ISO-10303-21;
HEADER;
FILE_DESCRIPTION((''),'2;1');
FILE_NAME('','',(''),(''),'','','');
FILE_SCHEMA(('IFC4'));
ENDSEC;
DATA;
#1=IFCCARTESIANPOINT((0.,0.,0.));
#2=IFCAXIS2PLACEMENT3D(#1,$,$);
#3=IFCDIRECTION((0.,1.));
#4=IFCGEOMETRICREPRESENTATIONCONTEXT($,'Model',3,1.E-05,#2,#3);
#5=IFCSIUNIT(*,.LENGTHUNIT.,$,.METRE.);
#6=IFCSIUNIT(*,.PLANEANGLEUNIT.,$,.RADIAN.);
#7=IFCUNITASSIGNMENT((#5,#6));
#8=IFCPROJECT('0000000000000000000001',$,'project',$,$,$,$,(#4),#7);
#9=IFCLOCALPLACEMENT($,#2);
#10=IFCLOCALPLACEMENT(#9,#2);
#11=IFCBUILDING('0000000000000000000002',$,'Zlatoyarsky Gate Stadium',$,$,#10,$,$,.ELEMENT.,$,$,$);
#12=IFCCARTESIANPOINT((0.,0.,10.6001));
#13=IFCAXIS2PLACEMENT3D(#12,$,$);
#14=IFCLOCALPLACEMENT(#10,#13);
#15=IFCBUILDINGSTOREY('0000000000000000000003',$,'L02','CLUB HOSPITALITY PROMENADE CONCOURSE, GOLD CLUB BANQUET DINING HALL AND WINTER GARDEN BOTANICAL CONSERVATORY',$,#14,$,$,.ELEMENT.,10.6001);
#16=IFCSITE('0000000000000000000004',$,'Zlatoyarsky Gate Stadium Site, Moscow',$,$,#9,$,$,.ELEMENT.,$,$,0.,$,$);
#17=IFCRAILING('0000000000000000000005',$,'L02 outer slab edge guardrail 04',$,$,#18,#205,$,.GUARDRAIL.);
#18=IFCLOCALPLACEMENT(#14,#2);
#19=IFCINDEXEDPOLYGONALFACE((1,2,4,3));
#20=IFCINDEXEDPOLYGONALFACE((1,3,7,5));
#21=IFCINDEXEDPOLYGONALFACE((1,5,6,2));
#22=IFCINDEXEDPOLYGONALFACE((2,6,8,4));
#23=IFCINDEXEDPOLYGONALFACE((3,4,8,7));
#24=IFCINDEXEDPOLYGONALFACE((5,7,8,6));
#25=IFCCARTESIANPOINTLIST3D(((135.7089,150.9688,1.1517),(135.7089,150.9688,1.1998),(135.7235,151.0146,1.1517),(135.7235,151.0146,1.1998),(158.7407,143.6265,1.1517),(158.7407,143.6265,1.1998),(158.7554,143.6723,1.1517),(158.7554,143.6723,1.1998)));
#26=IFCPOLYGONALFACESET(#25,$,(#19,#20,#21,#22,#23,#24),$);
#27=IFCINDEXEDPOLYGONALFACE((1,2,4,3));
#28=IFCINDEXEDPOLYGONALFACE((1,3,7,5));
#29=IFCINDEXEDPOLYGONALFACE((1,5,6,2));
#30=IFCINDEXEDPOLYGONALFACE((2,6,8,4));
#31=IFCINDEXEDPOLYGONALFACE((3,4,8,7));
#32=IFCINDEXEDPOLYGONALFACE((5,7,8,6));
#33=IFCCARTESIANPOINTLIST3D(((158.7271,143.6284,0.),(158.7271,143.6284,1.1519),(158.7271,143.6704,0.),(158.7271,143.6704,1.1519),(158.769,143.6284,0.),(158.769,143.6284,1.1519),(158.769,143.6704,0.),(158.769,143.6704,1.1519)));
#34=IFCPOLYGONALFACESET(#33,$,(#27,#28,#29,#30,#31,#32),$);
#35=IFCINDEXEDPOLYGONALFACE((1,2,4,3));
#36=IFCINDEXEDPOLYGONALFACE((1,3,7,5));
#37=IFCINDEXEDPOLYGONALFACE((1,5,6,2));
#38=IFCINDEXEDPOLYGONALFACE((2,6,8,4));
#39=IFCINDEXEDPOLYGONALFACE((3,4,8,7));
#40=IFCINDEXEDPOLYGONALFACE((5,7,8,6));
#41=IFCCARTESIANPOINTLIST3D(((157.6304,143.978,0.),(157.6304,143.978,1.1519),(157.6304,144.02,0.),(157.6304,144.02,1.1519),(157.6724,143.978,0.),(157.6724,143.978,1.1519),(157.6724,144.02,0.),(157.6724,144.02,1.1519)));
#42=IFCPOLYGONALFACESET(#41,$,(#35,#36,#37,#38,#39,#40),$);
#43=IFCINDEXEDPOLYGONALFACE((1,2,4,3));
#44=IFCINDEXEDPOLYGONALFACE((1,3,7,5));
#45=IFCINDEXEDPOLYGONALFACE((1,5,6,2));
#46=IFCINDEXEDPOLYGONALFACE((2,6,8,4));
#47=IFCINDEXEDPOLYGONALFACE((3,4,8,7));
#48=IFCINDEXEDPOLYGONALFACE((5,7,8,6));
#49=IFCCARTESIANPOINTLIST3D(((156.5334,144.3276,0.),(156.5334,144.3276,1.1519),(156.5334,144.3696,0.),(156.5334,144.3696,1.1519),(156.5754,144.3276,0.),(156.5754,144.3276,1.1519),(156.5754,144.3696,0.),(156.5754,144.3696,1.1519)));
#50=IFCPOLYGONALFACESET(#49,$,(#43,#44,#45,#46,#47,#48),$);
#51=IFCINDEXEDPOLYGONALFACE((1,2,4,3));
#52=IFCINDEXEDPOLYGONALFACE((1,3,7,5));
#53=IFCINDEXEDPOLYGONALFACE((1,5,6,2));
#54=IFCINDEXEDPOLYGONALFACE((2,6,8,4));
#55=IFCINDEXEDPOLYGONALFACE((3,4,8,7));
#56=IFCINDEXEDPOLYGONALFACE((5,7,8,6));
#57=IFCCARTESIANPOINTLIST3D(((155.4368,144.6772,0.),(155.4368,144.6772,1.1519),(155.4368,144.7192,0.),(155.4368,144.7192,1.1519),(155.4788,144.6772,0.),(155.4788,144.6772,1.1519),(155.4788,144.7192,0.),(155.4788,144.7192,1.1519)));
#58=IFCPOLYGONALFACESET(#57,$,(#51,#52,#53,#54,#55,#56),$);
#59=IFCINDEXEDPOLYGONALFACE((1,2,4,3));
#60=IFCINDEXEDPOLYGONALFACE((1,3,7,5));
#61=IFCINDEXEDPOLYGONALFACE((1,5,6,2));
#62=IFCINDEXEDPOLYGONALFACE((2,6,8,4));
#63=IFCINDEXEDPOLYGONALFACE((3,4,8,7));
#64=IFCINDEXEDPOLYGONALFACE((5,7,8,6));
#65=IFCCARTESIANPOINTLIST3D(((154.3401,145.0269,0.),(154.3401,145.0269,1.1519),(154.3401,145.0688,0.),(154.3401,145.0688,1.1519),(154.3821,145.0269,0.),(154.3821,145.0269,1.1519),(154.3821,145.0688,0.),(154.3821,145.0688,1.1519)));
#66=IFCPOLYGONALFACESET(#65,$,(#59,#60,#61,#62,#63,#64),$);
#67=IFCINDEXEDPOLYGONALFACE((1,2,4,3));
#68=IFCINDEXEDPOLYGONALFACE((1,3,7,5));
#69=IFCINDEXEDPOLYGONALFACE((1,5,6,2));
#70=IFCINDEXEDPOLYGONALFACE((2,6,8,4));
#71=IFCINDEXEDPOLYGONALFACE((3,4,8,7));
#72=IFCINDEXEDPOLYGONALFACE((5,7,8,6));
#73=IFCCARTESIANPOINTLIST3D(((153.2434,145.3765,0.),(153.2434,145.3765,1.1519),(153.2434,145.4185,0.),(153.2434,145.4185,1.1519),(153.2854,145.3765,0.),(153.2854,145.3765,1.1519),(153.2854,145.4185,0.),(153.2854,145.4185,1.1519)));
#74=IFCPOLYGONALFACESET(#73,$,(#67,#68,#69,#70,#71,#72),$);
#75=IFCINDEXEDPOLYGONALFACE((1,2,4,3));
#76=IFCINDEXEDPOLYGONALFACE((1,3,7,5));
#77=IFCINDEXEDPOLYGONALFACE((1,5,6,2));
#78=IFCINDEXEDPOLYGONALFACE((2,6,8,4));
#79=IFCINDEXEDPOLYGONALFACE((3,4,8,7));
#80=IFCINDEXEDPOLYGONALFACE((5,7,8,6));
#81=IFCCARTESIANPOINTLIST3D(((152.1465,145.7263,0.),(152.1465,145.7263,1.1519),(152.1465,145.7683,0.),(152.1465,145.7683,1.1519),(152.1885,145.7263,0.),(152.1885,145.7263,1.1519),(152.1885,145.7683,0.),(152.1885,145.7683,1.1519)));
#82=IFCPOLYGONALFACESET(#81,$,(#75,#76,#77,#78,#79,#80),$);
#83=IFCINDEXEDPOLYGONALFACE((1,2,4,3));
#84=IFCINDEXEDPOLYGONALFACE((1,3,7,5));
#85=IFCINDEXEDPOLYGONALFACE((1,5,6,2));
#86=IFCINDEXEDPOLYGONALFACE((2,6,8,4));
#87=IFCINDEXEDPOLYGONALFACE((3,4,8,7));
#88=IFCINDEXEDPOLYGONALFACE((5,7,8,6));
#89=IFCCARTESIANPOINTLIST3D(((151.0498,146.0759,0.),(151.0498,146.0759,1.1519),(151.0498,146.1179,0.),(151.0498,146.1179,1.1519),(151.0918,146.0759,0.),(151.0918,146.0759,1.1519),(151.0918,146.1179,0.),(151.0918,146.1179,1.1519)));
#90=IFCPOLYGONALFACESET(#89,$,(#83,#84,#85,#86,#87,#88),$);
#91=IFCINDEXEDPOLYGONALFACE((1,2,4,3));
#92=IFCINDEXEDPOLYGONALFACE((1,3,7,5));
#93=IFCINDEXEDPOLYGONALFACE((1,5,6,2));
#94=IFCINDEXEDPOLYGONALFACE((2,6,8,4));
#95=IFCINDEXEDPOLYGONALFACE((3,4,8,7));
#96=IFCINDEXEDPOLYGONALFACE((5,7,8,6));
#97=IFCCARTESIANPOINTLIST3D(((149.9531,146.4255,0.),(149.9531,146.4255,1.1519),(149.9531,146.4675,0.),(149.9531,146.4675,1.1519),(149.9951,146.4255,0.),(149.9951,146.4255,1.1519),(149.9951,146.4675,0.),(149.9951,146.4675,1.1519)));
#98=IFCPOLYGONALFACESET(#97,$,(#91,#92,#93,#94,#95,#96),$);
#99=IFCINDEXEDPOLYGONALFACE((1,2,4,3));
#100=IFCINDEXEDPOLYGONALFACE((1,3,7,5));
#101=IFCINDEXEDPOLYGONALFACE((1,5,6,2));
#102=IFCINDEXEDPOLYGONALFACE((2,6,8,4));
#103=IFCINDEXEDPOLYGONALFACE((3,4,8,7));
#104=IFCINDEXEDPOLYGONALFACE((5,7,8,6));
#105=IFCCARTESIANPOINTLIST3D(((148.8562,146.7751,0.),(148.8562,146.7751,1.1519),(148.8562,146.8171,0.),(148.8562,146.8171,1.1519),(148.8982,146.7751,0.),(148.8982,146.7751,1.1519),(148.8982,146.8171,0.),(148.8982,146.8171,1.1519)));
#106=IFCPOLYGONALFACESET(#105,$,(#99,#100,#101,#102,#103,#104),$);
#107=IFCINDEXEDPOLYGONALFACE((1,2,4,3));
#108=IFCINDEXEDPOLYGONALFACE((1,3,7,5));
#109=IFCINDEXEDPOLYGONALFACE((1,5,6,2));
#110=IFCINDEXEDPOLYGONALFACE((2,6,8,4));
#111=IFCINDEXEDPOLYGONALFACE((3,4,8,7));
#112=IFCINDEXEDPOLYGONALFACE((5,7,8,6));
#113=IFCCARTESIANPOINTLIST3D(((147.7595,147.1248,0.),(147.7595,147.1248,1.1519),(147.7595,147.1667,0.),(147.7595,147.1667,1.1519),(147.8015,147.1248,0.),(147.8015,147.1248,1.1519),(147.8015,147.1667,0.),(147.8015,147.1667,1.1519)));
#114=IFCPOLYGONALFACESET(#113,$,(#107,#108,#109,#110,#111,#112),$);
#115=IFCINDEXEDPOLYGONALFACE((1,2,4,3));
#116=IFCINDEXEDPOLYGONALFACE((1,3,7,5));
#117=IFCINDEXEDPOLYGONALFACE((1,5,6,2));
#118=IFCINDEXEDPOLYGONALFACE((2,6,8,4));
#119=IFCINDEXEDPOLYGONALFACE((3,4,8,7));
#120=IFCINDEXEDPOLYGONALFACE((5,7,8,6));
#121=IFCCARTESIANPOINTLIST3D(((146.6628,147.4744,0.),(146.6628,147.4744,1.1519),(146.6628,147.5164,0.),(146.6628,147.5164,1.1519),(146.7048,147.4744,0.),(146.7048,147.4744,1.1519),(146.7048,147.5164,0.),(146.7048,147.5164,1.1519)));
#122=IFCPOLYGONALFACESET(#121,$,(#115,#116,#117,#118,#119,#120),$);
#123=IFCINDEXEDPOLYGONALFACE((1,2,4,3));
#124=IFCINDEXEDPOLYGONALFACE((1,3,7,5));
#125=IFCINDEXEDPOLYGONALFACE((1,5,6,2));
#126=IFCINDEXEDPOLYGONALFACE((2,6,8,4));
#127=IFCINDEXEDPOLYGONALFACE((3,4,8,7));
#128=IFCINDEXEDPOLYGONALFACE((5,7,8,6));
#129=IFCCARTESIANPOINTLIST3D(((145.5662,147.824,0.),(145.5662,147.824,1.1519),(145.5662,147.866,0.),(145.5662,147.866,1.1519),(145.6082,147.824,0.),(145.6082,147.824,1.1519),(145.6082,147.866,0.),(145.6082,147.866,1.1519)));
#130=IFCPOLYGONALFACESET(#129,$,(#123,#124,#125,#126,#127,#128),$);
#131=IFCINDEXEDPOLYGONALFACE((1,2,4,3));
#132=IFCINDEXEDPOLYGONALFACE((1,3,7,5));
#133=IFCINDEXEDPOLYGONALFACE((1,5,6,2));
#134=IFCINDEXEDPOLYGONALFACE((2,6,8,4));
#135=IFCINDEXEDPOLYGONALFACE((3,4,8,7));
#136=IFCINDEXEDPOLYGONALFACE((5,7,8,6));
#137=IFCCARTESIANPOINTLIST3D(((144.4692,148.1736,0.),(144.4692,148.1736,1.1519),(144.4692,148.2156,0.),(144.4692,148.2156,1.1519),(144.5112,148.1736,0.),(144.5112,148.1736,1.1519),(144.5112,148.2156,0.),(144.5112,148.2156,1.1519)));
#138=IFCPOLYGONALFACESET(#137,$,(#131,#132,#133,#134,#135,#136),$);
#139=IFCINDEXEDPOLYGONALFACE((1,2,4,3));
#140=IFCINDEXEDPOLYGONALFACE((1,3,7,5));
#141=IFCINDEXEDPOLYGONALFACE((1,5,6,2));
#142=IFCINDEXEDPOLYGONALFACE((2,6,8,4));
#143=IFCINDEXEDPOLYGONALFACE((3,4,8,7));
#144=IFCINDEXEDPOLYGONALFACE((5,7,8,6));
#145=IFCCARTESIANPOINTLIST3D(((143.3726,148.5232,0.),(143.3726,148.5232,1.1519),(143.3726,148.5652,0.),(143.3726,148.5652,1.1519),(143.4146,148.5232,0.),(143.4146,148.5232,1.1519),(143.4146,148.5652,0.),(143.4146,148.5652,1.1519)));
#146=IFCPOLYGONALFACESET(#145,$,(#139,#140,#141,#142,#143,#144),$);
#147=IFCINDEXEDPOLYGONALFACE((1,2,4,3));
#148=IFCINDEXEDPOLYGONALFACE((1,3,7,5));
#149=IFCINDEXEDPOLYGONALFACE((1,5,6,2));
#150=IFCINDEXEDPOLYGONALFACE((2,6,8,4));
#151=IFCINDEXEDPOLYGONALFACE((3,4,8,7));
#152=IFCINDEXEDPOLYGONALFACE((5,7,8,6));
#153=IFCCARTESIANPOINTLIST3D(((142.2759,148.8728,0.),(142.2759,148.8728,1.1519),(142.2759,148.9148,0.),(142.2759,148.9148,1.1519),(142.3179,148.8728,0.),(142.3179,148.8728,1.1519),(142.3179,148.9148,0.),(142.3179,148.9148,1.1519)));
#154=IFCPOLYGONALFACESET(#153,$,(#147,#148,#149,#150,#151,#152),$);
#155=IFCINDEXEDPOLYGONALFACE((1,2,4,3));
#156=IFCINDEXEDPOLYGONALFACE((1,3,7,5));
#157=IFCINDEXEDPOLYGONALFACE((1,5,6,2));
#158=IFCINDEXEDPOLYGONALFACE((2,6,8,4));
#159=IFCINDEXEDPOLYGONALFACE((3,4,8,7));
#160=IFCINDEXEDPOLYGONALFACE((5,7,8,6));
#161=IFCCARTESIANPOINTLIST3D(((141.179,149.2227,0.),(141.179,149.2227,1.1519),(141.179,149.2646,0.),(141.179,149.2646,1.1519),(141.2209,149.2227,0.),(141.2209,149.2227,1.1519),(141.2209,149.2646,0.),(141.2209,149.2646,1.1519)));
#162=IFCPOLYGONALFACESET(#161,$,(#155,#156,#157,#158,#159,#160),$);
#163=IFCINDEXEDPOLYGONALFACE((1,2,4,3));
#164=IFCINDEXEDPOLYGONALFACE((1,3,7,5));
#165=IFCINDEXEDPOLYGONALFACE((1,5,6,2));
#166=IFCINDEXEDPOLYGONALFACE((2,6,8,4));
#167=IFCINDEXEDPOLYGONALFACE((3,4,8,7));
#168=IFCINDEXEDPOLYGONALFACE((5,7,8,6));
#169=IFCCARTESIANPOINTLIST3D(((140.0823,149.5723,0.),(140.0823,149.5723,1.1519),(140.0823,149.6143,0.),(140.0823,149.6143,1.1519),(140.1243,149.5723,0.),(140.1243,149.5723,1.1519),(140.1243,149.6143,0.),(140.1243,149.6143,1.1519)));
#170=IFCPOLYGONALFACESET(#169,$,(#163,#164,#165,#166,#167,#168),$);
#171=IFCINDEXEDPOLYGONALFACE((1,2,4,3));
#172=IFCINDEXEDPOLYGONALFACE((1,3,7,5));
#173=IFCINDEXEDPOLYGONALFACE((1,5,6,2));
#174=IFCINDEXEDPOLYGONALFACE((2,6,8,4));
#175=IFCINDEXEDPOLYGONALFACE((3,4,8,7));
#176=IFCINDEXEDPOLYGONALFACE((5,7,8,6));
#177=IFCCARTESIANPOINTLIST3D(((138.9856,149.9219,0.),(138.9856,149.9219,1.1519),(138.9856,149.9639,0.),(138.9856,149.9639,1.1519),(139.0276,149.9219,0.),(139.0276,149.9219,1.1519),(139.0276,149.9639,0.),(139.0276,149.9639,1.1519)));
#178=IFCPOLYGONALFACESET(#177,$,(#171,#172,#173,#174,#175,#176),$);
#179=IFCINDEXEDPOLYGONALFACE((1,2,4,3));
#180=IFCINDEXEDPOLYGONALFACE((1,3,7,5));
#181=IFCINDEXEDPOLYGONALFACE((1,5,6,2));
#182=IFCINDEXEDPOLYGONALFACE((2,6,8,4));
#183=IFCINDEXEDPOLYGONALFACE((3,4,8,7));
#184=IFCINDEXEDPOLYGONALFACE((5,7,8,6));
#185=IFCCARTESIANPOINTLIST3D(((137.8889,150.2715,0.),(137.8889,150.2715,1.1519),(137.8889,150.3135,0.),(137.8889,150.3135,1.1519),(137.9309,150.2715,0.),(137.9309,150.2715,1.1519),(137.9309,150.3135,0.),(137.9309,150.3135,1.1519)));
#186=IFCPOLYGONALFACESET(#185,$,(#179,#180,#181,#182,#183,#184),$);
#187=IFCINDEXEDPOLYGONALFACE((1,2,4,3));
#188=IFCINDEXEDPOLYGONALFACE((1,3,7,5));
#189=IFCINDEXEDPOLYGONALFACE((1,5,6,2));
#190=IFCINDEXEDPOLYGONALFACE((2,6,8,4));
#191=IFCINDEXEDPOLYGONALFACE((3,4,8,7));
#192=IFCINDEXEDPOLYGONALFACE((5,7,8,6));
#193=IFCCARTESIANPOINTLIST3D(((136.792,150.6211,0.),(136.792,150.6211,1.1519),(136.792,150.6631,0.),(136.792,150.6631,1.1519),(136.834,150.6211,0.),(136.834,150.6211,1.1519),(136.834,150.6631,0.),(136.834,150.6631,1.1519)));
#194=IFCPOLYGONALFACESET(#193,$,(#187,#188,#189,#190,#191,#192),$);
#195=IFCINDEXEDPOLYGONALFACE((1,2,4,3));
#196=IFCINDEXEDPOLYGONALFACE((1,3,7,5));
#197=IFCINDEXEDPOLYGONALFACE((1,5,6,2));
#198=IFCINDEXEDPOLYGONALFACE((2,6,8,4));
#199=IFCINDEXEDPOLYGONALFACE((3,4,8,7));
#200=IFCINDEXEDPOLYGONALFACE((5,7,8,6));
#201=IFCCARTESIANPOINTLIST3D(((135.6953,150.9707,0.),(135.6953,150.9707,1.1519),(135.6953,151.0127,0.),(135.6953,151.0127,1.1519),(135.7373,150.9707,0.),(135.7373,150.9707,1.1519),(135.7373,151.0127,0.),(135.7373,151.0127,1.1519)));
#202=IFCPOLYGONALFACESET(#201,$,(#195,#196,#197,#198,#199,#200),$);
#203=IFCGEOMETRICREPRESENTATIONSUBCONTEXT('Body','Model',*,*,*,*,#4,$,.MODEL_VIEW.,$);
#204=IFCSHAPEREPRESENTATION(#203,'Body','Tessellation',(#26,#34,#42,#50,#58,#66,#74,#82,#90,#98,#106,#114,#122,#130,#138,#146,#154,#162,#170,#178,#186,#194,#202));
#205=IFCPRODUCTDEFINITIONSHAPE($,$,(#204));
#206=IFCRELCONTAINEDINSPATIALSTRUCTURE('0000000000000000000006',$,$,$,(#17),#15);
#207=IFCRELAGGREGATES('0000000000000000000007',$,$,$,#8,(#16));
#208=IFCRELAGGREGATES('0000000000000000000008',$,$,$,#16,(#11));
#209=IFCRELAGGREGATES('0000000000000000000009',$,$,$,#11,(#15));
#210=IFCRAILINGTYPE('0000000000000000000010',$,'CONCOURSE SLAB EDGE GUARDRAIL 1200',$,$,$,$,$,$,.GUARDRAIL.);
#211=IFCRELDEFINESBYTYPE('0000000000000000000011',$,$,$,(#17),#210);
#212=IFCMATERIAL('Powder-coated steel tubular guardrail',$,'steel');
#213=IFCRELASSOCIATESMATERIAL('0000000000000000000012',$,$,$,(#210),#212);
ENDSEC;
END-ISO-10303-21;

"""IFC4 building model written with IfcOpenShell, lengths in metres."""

from ifc_helpers import new_model, si_unit, direction, frame, origin, origin_2d, place, context, subcontext, project, spatial, rectangle, extrude, material, type_object, element, save


model = new_model("IFC4")

# Units and contexts
model_context = context("Model", 3, precision=1e-05, world=origin(), true_north=direction((0.0, 1.0)))
body_context = subcontext(model_context, "Body", "Model", "MODEL_VIEW")
ifc_project = project(units=[si_unit("LENGTHUNIT", "METRE"), si_unit("PLANEANGLEUNIT", "RADIAN")], contexts=[model_context])

# Site, building, storey
site_placement = place(None, origin())
site = spatial("IfcSite", under=ifc_project, at=site_placement, Name="Zlatoyarsky Gate Stadium Site, Moscow", CompositionType="ELEMENT", RefElevation=0.0)
building_placement = place(site_placement, origin())
building = spatial("IfcBuilding", under=site, at=building_placement, Name="Zlatoyarsky Gate Stadium", CompositionType="ELEMENT")
storey_placement = place(building_placement, frame((0.0, 0.0, 10.6001)))
storey = spatial("IfcBuildingStorey", under=building, at=storey_placement, Name="L02", Description="CLUB HOSPITALITY PROMENADE CONCOURSE, GOLD CLUB BANQUET DINING HALL AND WINTER GARDEN BOTANICAL CONSERVATORY", CompositionType="ELEMENT", Elevation=10.6001)

# Railing
ifc_material_1 = material(Name="Powder-coated steel tubular guardrail", Category="steel")
railing_type_1 = type_object("IfcRailingType", Name="CONCOURSE SLAB EDGE GUARDRAIL 1200", PredefinedType="GUARDRAIL", material=ifc_material_1)
railing_1_placement = place(storey_placement, frame((158.748, 143.6494, 0.0)))
element("IfcRailing", 1, at=railing_1_placement, inside=storey, type_object=railing_type_1, Name="L02 outer slab edge guardrail 04", PredefinedType="GUARDRAIL", context=body_context, shape_type="SweptSolid", body=[
    extrude(rectangle(XDim=0.0481, YDim=0.0481, at=origin_2d()), frame((0.0, 0.0, 1.1758), z_axis=(-0.952758, 0.30373, 0.0), x_axis=(-0.30373, -0.952758, 0.0)), (0.0, 0.0, 1.0), 24.1738),
    extrude(rectangle(XDim=0.042, YDim=0.042, at=origin_2d()), origin(), (0.0, 0.0, 1.0), 1.1519),
    extrude(rectangle(XDim=0.042, YDim=0.042, at=origin_2d()), frame((-1.0967, 0.3496, 0.0)), (0.0, 0.0, 1.0), 1.1519),
    extrude(rectangle(XDim=0.042, YDim=0.042, at=origin_2d()), frame((-2.1936, 0.6992, 0.0)), (0.0, 0.0, 1.0), 1.1519),
    extrude(rectangle(XDim=0.042, YDim=0.042, at=origin_2d()), frame((-3.2903, 1.0488, 0.0)), (0.0, 0.0, 1.0), 1.1519),
    extrude(rectangle(XDim=0.042, YDim=0.042, at=origin_2d()), frame((-4.387, 1.3984, 0.0)), (0.0, 0.0, 1.0), 1.1519),
    extrude(rectangle(XDim=0.042, YDim=0.042, at=origin_2d()), frame((-5.4836, 1.748, 0.0)), (0.0, 0.0, 1.0), 1.1519),
    extrude(rectangle(XDim=0.042, YDim=0.042, at=origin_2d()), frame((-6.5806, 2.0979, 0.0)), (0.0, 0.0, 1.0), 1.1519),
    extrude(rectangle(XDim=0.042, YDim=0.042, at=origin_2d()), frame((-7.6772, 2.4475, 0.0)), (0.0, 0.0, 1.0), 1.1519),
    extrude(rectangle(XDim=0.042, YDim=0.042, at=origin_2d()), frame((-8.7739, 2.7971, 0.0)), (0.0, 0.0, 1.0), 1.1519),
    extrude(rectangle(XDim=0.042, YDim=0.042, at=origin_2d()), frame((-9.8708, 3.1467, 0.0)), (0.0, 0.0, 1.0), 1.1519),
    extrude(rectangle(XDim=0.042, YDim=0.042, at=origin_2d()), frame((-10.9675, 3.4963, 0.0)), (0.0, 0.0, 1.0), 1.1519),
    extrude(rectangle(XDim=0.042, YDim=0.042, at=origin_2d()), frame((-12.0642, 3.8459, 0.0)), (0.0, 0.0, 1.0), 1.1519),
    extrude(rectangle(XDim=0.042, YDim=0.042, at=origin_2d()), frame((-13.1609, 4.1956, 0.0)), (0.0, 0.0, 1.0), 1.1519),
    extrude(rectangle(XDim=0.042, YDim=0.042, at=origin_2d()), frame((-14.2578, 4.5452, 0.0)), (0.0, 0.0, 1.0), 1.1519),
    extrude(rectangle(XDim=0.042, YDim=0.042, at=origin_2d()), frame((-15.3545, 4.8948, 0.0)), (0.0, 0.0, 1.0), 1.1519),
    extrude(rectangle(XDim=0.042, YDim=0.042, at=origin_2d()), frame((-16.4512, 5.2444, 0.0)), (0.0, 0.0, 1.0), 1.1519),
    extrude(rectangle(XDim=0.042, YDim=0.042, at=origin_2d()), frame((-17.5481, 5.5942, 0.0)), (0.0, 0.0, 1.0), 1.1519),
    extrude(rectangle(XDim=0.042, YDim=0.042, at=origin_2d()), frame((-18.6448, 5.9438, 0.0)), (0.0, 0.0, 1.0), 1.1519),
    extrude(rectangle(XDim=0.042, YDim=0.042, at=origin_2d()), frame((-19.7415, 6.2935, 0.0)), (0.0, 0.0, 1.0), 1.1519),
    extrude(rectangle(XDim=0.042, YDim=0.042, at=origin_2d()), frame((-20.8381, 6.6431, 0.0)), (0.0, 0.0, 1.0), 1.1519),
    extrude(rectangle(XDim=0.042, YDim=0.042, at=origin_2d()), frame((-21.9351, 6.9927, 0.0)), (0.0, 0.0, 1.0), 1.1519),
    extrude(rectangle(XDim=0.042, YDim=0.042, at=origin_2d()), frame((-23.0317, 7.3423, 0.0)), (0.0, 0.0, 1.0), 1.1519),
])

save(model, "model.ifc")
